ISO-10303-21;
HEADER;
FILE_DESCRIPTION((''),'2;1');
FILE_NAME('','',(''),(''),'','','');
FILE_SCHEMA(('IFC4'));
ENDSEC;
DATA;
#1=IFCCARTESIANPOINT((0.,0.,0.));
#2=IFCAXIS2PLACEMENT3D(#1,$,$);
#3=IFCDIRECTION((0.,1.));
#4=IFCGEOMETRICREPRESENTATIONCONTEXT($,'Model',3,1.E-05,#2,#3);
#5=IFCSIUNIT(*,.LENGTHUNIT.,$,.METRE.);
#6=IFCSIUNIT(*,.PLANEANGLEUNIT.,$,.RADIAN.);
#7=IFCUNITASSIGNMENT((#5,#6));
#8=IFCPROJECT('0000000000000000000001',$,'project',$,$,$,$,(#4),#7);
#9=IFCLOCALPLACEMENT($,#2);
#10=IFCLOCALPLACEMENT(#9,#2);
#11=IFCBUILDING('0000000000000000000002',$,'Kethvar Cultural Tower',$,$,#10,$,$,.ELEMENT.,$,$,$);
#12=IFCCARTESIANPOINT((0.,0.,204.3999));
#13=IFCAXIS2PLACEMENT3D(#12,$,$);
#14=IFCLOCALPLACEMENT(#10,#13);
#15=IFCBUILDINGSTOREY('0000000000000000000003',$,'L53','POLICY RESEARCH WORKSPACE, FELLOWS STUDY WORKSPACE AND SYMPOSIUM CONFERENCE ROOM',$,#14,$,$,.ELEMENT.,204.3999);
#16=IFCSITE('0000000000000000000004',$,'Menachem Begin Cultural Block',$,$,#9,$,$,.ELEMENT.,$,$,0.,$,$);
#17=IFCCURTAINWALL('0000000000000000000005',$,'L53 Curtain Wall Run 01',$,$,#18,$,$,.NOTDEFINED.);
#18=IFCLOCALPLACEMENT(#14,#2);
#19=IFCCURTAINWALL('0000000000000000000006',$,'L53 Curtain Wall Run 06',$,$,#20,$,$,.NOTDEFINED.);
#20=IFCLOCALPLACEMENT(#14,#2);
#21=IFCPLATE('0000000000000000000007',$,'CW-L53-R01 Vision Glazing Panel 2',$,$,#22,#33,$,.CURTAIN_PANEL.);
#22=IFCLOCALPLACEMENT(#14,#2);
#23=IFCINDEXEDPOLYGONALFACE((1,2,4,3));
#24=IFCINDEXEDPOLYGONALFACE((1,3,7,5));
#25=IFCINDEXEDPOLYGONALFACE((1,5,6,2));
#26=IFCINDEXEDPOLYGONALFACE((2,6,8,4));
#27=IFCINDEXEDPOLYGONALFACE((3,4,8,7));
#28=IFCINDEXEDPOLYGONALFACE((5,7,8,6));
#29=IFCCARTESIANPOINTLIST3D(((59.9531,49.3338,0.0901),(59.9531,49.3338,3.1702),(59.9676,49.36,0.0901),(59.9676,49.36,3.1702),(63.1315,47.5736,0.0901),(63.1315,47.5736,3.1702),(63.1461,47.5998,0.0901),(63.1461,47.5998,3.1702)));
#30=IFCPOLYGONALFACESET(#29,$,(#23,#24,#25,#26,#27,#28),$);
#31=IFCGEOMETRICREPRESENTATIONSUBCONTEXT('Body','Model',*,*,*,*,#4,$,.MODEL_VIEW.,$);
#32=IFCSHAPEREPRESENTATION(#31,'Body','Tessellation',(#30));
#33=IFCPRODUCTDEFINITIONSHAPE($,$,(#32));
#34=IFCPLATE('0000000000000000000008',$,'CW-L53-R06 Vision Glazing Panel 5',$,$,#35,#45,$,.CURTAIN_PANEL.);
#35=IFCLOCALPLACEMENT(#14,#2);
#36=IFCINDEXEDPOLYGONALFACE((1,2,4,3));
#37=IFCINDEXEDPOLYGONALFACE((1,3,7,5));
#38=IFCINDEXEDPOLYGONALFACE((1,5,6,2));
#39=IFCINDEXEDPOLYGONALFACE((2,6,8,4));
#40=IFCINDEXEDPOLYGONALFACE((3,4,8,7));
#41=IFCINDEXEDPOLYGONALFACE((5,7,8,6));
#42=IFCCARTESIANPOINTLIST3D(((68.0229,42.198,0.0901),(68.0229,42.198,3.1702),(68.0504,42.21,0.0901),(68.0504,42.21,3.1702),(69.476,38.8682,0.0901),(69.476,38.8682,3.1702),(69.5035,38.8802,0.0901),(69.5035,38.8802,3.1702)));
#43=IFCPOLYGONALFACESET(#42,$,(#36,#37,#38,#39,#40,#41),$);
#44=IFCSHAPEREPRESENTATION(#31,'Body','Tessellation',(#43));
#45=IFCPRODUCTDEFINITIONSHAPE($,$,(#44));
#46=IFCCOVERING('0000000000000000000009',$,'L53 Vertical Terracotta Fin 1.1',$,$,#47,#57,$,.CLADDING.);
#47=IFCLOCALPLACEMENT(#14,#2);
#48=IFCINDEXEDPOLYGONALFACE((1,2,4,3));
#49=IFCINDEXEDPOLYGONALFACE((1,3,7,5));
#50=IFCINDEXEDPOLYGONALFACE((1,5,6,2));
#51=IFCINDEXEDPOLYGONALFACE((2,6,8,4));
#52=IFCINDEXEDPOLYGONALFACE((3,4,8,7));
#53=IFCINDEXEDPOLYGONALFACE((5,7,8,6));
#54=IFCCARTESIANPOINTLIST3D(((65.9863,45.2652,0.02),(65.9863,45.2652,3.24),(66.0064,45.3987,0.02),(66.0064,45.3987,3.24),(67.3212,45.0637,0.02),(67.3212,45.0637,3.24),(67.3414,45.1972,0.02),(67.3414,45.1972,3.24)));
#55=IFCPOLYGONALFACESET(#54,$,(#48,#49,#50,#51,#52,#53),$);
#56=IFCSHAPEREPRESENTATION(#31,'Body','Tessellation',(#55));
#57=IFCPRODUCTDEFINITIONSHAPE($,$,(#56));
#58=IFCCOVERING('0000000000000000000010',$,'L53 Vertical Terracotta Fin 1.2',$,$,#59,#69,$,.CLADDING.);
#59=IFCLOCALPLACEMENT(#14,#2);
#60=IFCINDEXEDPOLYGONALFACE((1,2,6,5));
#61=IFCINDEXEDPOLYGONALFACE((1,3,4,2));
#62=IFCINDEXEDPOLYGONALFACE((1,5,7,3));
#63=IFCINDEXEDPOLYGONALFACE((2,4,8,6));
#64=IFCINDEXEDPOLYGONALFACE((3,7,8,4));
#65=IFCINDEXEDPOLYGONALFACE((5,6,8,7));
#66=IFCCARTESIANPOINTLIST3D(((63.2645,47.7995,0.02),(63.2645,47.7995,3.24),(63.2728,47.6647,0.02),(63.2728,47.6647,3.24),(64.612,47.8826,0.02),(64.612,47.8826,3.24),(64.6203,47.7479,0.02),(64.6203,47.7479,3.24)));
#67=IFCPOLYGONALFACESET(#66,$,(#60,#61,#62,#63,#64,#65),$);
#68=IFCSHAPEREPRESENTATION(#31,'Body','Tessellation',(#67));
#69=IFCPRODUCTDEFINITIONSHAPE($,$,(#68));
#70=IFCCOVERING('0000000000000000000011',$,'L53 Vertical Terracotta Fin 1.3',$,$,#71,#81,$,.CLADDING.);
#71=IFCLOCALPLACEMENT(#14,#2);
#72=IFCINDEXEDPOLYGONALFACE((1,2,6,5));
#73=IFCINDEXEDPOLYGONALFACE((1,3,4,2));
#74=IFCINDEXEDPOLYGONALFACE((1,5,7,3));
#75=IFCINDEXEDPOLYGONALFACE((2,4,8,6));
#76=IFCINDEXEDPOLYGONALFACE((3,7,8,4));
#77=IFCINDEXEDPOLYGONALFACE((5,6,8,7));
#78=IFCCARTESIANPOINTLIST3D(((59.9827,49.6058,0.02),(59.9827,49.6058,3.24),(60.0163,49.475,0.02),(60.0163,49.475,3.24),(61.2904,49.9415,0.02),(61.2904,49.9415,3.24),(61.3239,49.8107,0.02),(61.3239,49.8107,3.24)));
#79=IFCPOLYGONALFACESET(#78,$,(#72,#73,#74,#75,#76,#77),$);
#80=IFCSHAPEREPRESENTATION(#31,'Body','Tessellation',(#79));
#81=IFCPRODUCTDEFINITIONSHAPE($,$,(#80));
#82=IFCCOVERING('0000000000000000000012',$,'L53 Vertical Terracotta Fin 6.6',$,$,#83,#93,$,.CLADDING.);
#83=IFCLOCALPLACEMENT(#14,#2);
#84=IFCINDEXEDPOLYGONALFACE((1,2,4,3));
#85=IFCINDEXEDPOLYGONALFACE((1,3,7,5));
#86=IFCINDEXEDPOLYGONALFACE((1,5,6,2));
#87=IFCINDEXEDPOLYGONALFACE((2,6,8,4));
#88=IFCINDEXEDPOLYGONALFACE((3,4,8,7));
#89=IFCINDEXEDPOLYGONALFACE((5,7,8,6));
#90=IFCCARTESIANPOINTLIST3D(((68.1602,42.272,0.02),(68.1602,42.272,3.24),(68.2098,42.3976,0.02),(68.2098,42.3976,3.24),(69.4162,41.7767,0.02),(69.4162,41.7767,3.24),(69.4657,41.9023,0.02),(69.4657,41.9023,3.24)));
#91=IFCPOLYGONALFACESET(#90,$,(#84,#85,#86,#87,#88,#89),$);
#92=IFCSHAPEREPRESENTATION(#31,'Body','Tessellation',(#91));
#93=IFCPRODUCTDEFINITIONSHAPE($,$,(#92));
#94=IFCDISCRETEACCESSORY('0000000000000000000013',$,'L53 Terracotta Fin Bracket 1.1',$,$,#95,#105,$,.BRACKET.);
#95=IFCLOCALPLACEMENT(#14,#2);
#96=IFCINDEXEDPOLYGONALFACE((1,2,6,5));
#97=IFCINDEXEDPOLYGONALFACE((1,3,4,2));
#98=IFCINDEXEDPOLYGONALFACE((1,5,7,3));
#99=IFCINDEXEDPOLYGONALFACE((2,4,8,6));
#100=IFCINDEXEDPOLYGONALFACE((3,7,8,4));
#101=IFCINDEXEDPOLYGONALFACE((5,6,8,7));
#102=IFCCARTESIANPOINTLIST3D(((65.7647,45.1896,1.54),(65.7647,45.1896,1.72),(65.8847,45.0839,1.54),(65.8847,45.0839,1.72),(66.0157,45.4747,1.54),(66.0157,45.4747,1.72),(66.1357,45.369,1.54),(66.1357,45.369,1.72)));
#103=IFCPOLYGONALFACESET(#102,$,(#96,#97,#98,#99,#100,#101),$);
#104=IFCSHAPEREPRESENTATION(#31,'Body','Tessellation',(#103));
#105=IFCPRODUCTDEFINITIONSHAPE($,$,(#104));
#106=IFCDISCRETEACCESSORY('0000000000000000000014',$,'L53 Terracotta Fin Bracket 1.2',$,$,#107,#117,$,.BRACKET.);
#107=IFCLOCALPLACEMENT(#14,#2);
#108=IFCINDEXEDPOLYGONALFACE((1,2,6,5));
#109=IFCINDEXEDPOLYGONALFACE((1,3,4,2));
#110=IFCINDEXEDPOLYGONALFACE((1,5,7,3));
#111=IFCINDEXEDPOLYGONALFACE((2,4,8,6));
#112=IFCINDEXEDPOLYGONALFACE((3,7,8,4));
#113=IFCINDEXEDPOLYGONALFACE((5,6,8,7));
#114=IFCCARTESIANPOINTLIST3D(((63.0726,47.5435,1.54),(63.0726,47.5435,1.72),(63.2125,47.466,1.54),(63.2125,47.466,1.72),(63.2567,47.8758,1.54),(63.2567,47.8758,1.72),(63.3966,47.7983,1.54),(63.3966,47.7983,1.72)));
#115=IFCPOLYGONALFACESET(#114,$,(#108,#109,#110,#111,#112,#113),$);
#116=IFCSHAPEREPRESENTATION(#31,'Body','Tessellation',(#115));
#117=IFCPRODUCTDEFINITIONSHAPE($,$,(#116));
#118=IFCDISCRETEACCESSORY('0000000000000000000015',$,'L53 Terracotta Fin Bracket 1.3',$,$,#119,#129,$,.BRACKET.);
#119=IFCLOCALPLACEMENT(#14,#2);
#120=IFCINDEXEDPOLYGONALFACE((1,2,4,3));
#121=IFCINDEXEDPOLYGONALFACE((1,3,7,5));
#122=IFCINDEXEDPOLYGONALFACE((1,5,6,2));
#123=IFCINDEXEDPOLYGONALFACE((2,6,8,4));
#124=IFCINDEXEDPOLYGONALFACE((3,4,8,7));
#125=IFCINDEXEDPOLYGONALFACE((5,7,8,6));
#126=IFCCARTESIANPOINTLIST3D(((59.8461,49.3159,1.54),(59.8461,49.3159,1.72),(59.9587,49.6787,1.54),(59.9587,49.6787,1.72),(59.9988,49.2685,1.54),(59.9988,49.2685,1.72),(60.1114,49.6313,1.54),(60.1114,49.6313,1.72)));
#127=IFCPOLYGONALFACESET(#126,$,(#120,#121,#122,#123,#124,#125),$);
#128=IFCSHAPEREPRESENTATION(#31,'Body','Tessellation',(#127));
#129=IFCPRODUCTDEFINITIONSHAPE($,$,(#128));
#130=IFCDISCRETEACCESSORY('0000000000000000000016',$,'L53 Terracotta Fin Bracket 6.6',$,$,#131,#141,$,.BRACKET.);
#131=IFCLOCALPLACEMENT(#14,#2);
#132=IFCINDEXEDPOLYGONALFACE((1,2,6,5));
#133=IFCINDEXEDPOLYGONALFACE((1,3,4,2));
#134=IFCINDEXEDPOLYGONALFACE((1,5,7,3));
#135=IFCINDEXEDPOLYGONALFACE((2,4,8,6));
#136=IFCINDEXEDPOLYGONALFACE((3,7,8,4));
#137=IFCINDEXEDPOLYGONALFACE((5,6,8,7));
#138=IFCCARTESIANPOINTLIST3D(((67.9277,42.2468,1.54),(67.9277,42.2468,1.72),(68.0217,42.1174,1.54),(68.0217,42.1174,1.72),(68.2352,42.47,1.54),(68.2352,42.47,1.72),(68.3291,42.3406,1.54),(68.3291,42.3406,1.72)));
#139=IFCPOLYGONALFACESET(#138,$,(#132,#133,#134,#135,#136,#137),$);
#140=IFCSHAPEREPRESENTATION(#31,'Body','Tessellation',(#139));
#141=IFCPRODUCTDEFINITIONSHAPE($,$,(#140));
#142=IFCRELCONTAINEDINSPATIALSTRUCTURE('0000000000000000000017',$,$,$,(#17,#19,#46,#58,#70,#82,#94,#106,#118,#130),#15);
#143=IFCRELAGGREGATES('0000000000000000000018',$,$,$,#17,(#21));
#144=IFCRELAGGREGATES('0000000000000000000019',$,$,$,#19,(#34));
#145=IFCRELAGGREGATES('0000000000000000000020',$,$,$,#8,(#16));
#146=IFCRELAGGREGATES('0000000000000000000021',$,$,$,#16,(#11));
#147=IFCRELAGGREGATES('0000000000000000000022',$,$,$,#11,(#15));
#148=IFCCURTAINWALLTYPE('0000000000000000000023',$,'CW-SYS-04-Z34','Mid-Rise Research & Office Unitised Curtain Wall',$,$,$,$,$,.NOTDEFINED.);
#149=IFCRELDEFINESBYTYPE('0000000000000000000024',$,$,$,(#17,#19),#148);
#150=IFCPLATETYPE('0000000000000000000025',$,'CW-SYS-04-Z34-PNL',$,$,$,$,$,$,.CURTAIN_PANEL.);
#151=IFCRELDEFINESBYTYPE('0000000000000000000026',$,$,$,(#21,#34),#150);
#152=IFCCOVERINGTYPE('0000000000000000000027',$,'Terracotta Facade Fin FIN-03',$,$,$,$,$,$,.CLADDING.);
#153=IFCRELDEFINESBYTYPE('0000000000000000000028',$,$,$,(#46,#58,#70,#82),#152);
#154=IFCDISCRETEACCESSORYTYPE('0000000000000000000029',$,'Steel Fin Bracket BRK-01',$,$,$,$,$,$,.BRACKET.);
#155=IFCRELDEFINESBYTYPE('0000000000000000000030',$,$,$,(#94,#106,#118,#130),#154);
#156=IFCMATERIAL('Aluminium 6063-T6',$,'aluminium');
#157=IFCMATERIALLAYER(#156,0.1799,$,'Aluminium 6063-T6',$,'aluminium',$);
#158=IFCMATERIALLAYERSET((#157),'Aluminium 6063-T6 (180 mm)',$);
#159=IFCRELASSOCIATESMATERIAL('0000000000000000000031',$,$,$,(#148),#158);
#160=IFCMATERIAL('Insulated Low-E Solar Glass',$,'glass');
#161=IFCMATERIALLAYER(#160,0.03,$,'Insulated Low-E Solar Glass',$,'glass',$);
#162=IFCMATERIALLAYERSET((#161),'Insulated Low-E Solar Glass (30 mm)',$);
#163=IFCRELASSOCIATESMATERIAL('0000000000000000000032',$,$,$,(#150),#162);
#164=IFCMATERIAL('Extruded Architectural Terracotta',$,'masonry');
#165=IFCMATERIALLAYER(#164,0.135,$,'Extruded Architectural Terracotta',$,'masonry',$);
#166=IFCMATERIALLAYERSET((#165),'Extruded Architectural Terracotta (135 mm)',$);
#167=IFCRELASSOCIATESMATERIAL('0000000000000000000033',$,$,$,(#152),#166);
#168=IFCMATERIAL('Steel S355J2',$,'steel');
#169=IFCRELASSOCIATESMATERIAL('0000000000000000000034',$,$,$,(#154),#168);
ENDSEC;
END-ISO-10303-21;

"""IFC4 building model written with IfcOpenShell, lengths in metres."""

from ifc_helpers import new_model, si_unit, direction, frame, origin, origin_2d, place, context, subcontext, project, spatial, rectangle, extrude, source, transform, mapped, material, layer, layer_set, type_object, element, aggregate, save


model = new_model("IFC4")

# Units and contexts
model_context = context("Model", 3, precision=1e-05, world=origin(), true_north=direction((0.0, 1.0)))
body_context = subcontext(model_context, "Body", "Model", "MODEL_VIEW")
ifc_project = project(units=[si_unit("LENGTHUNIT", "METRE"), si_unit("PLANEANGLEUNIT", "RADIAN")], contexts=[model_context])

# Site, building, storey
site_placement = place(None, origin())
site = spatial("IfcSite", under=ifc_project, at=site_placement, Name="Menachem Begin Cultural Block", CompositionType="ELEMENT", RefElevation=0.0)
building_placement = place(site_placement, origin())
building = spatial("IfcBuilding", under=site, at=building_placement, Name="Kethvar Cultural Tower", CompositionType="ELEMENT")
storey_placement = place(building_placement, frame((0.0, 0.0, 204.3999)))
storey = spatial("IfcBuildingStorey", under=building, at=storey_placement, Name="L53", Description="POLICY RESEARCH WORKSPACE, FELLOWS STUDY WORKSPACE AND SYMPOSIUM CONFERENCE ROOM", CompositionType="ELEMENT", Elevation=204.3999)

# Shared definitions
ifc_material_1 = material(Name="Steel S355J2", Category="steel")

# Curtain walls
ifc_material_2 = material(Name="Aluminium 6063-T6", Category="aluminium")
ifc_layer_1 = layer(ifc_material_2, 0.1799, Name="Aluminium 6063-T6", Category="aluminium")
ifc_layer_set_1 = layer_set([ifc_layer_1], Name="Aluminium 6063-T6 (180 mm)")
curtain_wall_type = type_object("IfcCurtainWallType", Name="CW-SYS-04-Z34", Description="Mid-Rise Research & Office Unitised Curtain Wall", PredefinedType="NOTDEFINED", material=ifc_layer_set_1)
curtain_wall_1_placement = place(storey_placement, origin())
curtain_wall_1 = element("IfcCurtainWall", 1, at=curtain_wall_1_placement, inside=storey, type_object=curtain_wall_type, Name="L53 Curtain Wall Run 01", PredefinedType="NOTDEFINED")
curtain_wall_2_placement = place(storey_placement, origin())
curtain_wall_2 = element("IfcCurtainWall", 2, at=curtain_wall_2_placement, inside=storey, type_object=curtain_wall_type, Name="L53 Curtain Wall Run 06", PredefinedType="NOTDEFINED")

# Plates
ifc_material_3 = material(Name="Insulated Low-E Solar Glass", Category="glass")
ifc_layer_2 = layer(ifc_material_3, 0.03, Name="Insulated Low-E Solar Glass", Category="glass")
ifc_layer_set_2 = layer_set([ifc_layer_2], Name="Insulated Low-E Solar Glass (30 mm)")
plate_type = type_object("IfcPlateType", Name="CW-SYS-04-Z34-PNL", PredefinedType="CURTAIN_PANEL", material=ifc_layer_set_2)
shared_shape_1 = source(origin(), body_context, "Body", "SweptSolid", [
    extrude(rectangle(XDim=3.6333, YDim=0.03, at=origin_2d()), origin(), (0.0, 0.0, 1.0), 3.0801),
])
plate_1_placement = place(storey_placement, frame((61.5496, 48.4668, 0.0901), z_axis=(0.0, 0.0, 1.0), x_axis=(-0.874814, 0.484458, 0.0)))
plate_1 = element("IfcPlate", 3, at=plate_1_placement, type_object=plate_type, Name="CW-L53-R01 Vision Glazing Panel 2", PredefinedType="CURTAIN_PANEL", context=body_context, shape_type="MappedRepresentation", body=[
    mapped(shared_shape_1, transform((0.0, 0.0, 0.0), scale=1.0)),
])
aggregate(curtain_wall_1, [plate_1])
shared_shape_2 = source(origin(), body_context, "Body", "SweptSolid", [
    extrude(rectangle(XDim=3.6331, YDim=0.03, at=origin_2d()), origin(), (0.0, 0.0, 1.0), 3.0801),
])
plate_2_placement = place(storey_placement, frame((68.7632, 40.5391, 0.0901), z_axis=(0.0, 0.0, 1.0), x_axis=(-0.399965, 0.91653, 0.0)))
plate_2 = element("IfcPlate", 4, at=plate_2_placement, type_object=plate_type, Name="CW-L53-R06 Vision Glazing Panel 5", PredefinedType="CURTAIN_PANEL", context=body_context, shape_type="MappedRepresentation", body=[
    mapped(shared_shape_2, transform((0.0, 0.0, 0.0), scale=1.0)),
])
aggregate(curtain_wall_2, [plate_2])

# Coverings
ifc_material_4 = material(Name="Extruded Architectural Terracotta", Category="masonry")
ifc_layer_3 = layer(ifc_material_4, 0.135, Name="Extruded Architectural Terracotta", Category="masonry")
ifc_layer_set_3 = layer_set([ifc_layer_3], Name="Extruded Architectural Terracotta (135 mm)")
covering_type = type_object("IfcCoveringType", Name="Terracotta Facade Fin FIN-03", PredefinedType="CLADDING", material=ifc_layer_set_3)
shared_shape_3 = source(origin(), body_context, "Body", "SweptSolid", [
    extrude(rectangle(XDim=1.3501, YDim=0.135, at=origin_2d()), origin(), (0.0, 0.0, 1.0), 3.22),
])
for number, where, z_axis, x_axis, name in (
    (5, (66.6638, 45.2312, 0.02), (0.0, 0.0, 1.0), (0.988809, -0.14919, 0.0), "L53 Vertical Terracotta Fin 1.1"),
    (6, (63.9424, 47.7737, 0.02), (0.0, 0.0, 1.0), (0.998103, 0.061571, 0.0), "L53 Vertical Terracotta Fin 1.2"),
    (7, (60.6533, 49.7083, 0.02), (0.0, 0.0, 1.0), (0.968583, 0.24869, 0.0), "L53 Vertical Terracotta Fin 1.3"),
    (8, (68.813, 42.0872, 0.02), (0.0, 0.0, 1.0), (0.93029, -0.366826, 0.0), "L53 Vertical Terracotta Fin 6.6"),
):
    element("IfcCovering", number, at=place(storey_placement, frame(where, z_axis=z_axis, x_axis=x_axis)), inside=storey, type_object=covering_type, Name=name, PredefinedType="CLADDING", context=body_context, shape_type="MappedRepresentation", body=[
        mapped(shared_shape_3, transform((0.0, 0.0, 0.0), scale=1.0)),
    ])

# Discrete accessories
discrete_accessory_type = type_object("IfcDiscreteAccessoryType", Name="Steel Fin Bracket BRK-01", PredefinedType="BRACKET", material=ifc_material_1)
shared_shape_4 = source(origin(), body_context, "Body", "SweptSolid", [
    extrude(rectangle(XDim=0.3799, YDim=0.1599, at=origin_2d()), origin(), (0.0, 0.0, 1.0), 0.1799),
])
for number, where, z_axis, x_axis, name in (
    (9, (65.9502, 45.2793, 1.54), (0.0, 0.0, 1.0), (0.660919, 0.750457, 0.0), "L53 Terracotta Fin Bracket 1.1"),
    (10, (63.2346, 47.6709, 1.54), (0.0, 0.0, 1.0), (0.484504, 0.874789, 0.0), "L53 Terracotta Fin Bracket 1.2"),
    (11, (59.9788, 49.4736, 1.54), (0.0, 0.0, 1.0), (0.296542, 0.95502, 0.0), "L53 Terracotta Fin Bracket 1.3"),
    (12, (68.1284, 42.2937, 1.54), (0.0, 0.0, 1.0), (0.809325, 0.587362, 0.0), "L53 Terracotta Fin Bracket 6.6"),
):
    element("IfcDiscreteAccessory", number, at=place(storey_placement, frame(where, z_axis=z_axis, x_axis=x_axis)), inside=storey, type_object=discrete_accessory_type, Name=name, PredefinedType="BRACKET", context=body_context, shape_type="MappedRepresentation", body=[
        mapped(shared_shape_4, transform((0.0, 0.0, 0.0), scale=1.0)),
    ])

save(model, "model.ifc")
